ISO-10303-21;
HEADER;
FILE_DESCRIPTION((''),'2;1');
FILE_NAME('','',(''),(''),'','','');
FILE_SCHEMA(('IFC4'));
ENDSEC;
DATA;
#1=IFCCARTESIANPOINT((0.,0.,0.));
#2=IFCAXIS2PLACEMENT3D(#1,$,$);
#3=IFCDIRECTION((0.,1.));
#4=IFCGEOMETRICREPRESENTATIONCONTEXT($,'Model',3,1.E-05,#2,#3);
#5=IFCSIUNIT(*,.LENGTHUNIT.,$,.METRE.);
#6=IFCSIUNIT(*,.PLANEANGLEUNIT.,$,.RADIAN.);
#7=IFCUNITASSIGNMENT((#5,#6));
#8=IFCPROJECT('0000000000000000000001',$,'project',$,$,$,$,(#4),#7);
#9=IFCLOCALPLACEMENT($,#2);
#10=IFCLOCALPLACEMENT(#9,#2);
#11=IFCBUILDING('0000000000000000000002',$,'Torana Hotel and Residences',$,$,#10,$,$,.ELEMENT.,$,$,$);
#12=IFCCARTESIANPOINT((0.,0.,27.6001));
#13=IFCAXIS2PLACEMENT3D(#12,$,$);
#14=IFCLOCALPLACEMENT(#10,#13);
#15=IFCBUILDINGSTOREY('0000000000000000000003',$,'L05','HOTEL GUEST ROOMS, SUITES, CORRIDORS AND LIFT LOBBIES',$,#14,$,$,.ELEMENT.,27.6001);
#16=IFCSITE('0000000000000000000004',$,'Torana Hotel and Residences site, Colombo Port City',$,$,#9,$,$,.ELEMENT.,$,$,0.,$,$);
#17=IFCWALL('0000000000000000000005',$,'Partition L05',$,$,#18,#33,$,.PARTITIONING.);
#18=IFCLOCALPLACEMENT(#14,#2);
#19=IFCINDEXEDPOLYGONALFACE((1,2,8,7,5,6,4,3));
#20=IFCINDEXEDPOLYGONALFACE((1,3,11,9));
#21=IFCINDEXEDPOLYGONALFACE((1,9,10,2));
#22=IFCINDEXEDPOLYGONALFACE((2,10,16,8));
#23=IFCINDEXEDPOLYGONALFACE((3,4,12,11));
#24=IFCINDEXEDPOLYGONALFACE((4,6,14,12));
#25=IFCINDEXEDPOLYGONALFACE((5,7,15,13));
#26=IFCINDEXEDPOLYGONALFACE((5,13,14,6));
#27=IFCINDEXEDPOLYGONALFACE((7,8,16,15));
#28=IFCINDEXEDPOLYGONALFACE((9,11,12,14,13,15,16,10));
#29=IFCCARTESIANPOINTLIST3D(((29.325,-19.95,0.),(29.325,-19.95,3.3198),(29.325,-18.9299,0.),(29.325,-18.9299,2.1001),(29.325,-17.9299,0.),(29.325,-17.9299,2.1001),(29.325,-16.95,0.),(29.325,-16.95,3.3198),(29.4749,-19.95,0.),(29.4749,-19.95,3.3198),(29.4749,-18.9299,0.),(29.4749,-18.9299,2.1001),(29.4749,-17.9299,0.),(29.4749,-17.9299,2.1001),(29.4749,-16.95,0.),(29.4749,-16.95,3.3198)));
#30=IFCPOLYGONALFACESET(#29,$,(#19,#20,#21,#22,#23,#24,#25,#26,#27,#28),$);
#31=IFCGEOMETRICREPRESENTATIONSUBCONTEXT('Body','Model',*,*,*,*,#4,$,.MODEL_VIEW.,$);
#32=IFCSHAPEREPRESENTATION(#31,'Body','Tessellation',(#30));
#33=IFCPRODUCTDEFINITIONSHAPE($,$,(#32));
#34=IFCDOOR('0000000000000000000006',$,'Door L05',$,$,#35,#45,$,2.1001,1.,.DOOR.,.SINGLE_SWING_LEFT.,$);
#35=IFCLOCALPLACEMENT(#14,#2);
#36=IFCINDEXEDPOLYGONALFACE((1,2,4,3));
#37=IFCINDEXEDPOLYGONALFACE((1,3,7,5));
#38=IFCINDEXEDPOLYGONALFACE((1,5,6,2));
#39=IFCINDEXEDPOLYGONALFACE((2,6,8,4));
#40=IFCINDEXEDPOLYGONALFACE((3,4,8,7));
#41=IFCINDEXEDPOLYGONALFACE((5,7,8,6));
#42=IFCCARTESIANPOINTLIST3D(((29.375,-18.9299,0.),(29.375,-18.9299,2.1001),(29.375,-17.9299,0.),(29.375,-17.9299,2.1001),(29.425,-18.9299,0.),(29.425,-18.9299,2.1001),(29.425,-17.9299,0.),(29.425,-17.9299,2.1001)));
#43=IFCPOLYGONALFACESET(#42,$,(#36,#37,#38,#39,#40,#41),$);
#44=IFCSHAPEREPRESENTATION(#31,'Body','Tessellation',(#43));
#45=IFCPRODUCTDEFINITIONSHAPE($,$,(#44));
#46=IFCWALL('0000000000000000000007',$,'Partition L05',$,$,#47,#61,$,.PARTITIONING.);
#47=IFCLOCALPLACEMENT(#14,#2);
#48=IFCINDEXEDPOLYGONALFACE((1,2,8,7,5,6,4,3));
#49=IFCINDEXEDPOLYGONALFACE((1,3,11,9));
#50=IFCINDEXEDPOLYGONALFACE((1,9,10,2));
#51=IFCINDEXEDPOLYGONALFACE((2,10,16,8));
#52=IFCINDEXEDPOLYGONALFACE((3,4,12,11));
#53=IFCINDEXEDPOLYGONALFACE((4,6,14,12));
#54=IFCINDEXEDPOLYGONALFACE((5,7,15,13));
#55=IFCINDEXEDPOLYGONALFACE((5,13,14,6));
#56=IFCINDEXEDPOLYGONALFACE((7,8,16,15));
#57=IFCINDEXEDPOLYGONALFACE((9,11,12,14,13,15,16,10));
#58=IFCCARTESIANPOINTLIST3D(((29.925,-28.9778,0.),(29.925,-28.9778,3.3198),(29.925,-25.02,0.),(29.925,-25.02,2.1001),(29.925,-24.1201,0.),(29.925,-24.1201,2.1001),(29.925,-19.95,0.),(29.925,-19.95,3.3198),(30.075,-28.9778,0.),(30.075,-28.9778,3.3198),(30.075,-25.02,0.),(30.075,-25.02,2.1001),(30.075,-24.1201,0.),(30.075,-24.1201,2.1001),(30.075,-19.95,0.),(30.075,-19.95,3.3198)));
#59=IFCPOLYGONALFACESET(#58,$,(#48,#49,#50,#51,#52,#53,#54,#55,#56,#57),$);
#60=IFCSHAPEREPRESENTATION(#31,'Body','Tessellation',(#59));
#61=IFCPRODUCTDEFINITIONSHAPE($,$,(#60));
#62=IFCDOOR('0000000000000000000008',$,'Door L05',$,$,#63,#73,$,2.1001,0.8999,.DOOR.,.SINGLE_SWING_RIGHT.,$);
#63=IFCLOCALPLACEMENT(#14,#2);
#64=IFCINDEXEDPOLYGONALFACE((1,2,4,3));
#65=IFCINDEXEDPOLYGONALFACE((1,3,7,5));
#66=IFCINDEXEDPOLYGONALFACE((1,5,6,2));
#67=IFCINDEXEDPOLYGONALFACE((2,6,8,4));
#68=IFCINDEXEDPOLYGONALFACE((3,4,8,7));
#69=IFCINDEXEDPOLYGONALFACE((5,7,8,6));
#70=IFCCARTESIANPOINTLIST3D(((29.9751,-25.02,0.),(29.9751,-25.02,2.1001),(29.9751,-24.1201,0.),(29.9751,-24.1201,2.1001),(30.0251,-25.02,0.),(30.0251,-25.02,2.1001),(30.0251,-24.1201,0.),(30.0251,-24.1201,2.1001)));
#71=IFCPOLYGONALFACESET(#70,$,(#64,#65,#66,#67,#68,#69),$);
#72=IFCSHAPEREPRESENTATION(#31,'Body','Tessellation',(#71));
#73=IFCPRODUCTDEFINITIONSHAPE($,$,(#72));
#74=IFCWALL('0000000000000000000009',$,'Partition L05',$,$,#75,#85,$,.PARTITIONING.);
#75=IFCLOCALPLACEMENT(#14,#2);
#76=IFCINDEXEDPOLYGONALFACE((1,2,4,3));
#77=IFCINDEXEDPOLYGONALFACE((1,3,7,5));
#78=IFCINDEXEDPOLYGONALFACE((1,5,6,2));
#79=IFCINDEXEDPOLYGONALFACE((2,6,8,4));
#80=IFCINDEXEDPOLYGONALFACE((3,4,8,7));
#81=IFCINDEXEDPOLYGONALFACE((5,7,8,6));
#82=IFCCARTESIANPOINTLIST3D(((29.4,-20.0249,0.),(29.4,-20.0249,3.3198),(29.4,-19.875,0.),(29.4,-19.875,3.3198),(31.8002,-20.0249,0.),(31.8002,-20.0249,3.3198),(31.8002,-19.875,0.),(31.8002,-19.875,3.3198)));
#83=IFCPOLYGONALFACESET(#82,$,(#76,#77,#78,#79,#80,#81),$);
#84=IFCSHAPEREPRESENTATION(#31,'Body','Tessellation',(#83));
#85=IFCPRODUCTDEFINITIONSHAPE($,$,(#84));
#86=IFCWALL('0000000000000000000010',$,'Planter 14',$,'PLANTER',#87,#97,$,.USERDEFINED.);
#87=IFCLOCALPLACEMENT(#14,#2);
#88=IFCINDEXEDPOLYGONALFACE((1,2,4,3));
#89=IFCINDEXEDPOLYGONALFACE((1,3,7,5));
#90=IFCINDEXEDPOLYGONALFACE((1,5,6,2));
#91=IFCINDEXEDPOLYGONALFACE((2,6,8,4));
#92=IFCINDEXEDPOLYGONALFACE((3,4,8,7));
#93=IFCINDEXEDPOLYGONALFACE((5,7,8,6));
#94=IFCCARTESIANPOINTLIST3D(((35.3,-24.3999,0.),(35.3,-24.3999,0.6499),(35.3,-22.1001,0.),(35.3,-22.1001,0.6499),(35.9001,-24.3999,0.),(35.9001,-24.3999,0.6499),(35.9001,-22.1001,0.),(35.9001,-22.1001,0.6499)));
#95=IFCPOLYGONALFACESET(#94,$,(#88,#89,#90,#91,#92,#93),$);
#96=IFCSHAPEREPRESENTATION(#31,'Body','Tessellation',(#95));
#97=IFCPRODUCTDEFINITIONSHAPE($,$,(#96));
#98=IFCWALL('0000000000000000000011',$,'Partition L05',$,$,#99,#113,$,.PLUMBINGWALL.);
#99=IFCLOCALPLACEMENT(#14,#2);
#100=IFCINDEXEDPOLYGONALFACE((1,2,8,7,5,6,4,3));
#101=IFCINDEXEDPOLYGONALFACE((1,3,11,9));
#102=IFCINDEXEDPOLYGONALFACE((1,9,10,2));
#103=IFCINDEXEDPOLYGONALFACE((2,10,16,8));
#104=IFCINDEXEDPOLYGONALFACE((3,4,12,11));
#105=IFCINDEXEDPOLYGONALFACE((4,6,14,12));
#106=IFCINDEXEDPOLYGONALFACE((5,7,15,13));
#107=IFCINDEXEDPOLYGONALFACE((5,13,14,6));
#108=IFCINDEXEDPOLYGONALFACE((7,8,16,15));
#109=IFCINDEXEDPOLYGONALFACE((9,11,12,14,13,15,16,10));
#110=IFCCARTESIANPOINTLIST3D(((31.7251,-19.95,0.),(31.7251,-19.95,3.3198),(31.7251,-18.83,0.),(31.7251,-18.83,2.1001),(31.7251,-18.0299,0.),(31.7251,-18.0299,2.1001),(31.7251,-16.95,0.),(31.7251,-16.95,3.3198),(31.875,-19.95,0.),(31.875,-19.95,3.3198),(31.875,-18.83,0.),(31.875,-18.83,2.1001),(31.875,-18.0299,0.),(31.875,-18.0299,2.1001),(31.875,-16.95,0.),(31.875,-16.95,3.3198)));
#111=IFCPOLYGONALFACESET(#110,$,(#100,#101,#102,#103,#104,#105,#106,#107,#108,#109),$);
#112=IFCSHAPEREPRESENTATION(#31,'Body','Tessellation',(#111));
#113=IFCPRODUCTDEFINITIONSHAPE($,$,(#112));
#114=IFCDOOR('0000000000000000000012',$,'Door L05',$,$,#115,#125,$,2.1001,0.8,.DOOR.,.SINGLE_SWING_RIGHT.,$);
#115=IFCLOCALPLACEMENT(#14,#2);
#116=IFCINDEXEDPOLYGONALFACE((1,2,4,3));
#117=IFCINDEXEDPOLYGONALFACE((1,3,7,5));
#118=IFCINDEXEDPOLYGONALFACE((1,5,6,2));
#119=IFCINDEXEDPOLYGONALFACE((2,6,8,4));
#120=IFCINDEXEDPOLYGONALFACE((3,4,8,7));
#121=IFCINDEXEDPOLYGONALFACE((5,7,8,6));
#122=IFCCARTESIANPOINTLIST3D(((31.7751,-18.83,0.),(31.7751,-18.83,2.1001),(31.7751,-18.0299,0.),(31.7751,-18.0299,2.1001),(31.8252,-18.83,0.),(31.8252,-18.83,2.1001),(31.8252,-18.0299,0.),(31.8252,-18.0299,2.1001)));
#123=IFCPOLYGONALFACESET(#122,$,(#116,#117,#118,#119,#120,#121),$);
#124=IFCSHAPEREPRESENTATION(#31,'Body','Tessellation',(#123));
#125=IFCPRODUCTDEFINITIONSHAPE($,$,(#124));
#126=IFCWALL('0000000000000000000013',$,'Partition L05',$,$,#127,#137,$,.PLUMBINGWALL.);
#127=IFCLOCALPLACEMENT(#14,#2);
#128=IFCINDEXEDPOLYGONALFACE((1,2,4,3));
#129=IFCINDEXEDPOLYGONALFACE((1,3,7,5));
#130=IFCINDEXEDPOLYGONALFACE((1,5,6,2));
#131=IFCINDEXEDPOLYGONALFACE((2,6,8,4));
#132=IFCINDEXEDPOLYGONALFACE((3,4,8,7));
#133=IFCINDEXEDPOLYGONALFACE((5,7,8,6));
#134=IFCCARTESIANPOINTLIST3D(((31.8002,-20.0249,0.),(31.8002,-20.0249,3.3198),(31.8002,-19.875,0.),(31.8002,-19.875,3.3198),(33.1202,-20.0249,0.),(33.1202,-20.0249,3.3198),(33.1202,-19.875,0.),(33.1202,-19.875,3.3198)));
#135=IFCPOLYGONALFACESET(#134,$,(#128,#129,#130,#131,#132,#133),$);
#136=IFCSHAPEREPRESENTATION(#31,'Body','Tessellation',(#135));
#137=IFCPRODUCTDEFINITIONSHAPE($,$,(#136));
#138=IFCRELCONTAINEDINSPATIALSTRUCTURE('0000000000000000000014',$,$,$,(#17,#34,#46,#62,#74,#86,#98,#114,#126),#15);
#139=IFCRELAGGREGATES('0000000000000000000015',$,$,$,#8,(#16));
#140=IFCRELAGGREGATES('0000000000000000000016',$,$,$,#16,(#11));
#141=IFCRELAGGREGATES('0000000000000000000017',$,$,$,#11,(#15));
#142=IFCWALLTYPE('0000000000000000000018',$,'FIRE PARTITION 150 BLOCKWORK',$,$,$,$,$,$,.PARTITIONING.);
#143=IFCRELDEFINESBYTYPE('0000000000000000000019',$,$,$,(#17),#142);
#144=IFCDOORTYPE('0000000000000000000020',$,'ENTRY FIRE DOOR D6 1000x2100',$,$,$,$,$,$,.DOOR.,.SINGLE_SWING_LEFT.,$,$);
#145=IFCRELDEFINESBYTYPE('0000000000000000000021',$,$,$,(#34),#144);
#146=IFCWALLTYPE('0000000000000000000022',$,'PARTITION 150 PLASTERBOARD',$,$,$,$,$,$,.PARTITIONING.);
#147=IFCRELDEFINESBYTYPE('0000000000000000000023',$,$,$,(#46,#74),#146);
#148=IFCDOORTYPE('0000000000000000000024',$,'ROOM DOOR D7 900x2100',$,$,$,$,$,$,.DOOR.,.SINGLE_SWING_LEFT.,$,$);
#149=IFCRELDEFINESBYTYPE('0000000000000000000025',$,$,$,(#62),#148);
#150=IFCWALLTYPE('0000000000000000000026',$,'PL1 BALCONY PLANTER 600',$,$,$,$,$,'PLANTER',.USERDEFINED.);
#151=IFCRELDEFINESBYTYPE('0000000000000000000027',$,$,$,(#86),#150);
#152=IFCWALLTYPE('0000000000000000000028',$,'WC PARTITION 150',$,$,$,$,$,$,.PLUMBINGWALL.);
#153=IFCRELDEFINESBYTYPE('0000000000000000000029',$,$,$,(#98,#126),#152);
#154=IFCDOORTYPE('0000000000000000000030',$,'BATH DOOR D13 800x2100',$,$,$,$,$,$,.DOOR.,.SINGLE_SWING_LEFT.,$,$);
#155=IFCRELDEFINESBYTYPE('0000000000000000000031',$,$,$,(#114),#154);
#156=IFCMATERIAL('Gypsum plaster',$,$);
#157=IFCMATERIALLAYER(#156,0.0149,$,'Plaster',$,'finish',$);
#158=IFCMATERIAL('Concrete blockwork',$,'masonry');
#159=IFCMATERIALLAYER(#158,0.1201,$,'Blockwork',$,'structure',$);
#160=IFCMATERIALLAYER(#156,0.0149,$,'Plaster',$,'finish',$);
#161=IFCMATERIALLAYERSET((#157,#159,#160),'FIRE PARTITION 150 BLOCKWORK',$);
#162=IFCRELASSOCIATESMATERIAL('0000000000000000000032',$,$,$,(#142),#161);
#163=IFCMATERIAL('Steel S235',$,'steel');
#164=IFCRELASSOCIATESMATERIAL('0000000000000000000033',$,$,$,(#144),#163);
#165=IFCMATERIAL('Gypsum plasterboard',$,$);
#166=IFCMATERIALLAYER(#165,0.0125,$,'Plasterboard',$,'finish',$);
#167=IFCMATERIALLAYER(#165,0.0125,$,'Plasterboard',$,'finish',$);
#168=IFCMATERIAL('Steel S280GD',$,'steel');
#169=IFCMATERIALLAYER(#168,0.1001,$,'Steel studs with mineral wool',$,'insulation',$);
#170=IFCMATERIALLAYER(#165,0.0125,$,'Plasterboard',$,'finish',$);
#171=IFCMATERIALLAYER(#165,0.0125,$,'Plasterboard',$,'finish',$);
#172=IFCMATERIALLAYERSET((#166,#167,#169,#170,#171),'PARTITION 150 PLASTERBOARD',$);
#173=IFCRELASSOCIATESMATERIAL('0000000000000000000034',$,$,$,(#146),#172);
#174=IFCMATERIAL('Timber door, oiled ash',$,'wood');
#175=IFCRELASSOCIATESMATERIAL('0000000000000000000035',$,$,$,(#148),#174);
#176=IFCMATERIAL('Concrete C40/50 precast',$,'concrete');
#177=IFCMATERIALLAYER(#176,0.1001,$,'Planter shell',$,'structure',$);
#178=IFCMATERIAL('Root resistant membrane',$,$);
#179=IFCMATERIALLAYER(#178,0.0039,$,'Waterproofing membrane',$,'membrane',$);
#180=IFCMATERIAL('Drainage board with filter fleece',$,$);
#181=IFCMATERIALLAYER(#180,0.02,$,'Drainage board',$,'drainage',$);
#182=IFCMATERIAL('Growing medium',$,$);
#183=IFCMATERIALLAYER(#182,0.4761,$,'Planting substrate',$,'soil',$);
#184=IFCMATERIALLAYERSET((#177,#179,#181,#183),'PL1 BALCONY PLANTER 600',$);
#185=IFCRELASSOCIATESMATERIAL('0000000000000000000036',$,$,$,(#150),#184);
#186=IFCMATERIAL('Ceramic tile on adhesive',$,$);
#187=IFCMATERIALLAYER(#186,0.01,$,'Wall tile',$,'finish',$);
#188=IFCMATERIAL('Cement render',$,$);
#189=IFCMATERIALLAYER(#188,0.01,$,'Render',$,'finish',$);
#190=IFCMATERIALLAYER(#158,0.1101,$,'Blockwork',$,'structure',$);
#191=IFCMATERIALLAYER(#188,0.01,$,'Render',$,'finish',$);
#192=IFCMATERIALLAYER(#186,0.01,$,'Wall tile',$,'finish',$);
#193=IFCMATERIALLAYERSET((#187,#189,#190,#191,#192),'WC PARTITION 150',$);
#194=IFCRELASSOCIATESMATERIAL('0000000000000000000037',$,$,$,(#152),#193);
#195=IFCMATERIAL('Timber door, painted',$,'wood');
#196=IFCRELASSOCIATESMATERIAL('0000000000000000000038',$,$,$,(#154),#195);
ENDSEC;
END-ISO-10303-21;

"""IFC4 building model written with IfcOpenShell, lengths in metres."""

from ifc_helpers import new_model, si_unit, direction, frame, frame_2d, origin, place, context, subcontext, project, spatial, rectangle, extrude, material, layer, layer_set, type_object, element, fill, save


model = new_model("IFC4")

# Units and contexts
model_context = context("Model", 3, precision=1e-05, world=origin(), true_north=direction((0.0, 1.0)))
body_context = subcontext(model_context, "Body", "Model", "MODEL_VIEW")
ifc_project = project(units=[si_unit("LENGTHUNIT", "METRE"), si_unit("PLANEANGLEUNIT", "RADIAN")], contexts=[model_context])

# Site, building, storey
site_placement = place(None, origin())
site = spatial("IfcSite", under=ifc_project, at=site_placement, Name="Torana Hotel and Residences site, Colombo Port City", CompositionType="ELEMENT", RefElevation=0.0)
building_placement = place(site_placement, origin())
building = spatial("IfcBuilding", under=site, at=building_placement, Name="Torana Hotel and Residences", CompositionType="ELEMENT")
storey_placement = place(building_placement, frame((0.0, 0.0, 27.6001)))
storey = spatial("IfcBuildingStorey", under=building, at=storey_placement, Name="L05", Description="HOTEL GUEST ROOMS, SUITES, CORRIDORS AND LIFT LOBBIES", CompositionType="ELEMENT", Elevation=27.6001)

# Shared definitions
ifc_material_1 = material(Name="Steel S280GD", Category="steel")

# Walls, openings, doors
ifc_material_2 = material(Name="Gypsum plaster")
ifc_layer_1 = layer(ifc_material_2, 0.0149, Name="Plaster", Category="finish")
ifc_material_3 = material(Name="Concrete blockwork", Category="masonry")
ifc_layer_2 = layer(ifc_material_3, 0.1201, Name="Blockwork", Category="structure")
ifc_layer_3 = layer(ifc_material_2, 0.0149, Name="Plaster", Category="finish")
ifc_layer_set_1 = layer_set([ifc_layer_1, ifc_layer_2, ifc_layer_3], Name="FIRE PARTITION 150 BLOCKWORK")
wall_type_1 = type_object("IfcWallType", Name="FIRE PARTITION 150 BLOCKWORK", PredefinedType="PARTITIONING", material=ifc_layer_set_1)
wall_1_placement = place(storey_placement, frame((29.3999, -19.95, 0.0), z_axis=(0.0, 0.0, 1.0), x_axis=(0.0, 1.0, 0.0)))
wall_1 = element("IfcWall", 1, at=wall_1_placement, inside=storey, type_object=wall_type_1, Name="Partition L05", PredefinedType="PARTITIONING", context=body_context, shape_type="SweptSolid", body=[
    extrude(rectangle(XDim=3.0, YDim=0.1499, at=frame_2d((1.5, 0.0))), origin(), (0.0, 0.0, 1.0), 3.3198),
])
opening_1_placement = place(wall_1_placement, frame((1.02, 0.0, 0.0)))
opening_1 = element("IfcOpeningElement", 2, at=opening_1_placement, cuts=wall_1, PredefinedType="OPENING", context=body_context, shape_type="SweptSolid", body=[
    extrude(rectangle(XDim=1.0, YDim=2.1001, at=frame_2d((0.5, 1.05))), frame((0.0, 0.085, 0.0), z_axis=(0.0, -1.0, 0.0), x_axis=(1.0, 0.0, 0.0)), (0.0, 0.0, 1.0), 0.1699),
])
ifc_material_4 = material(Name="Steel S235", Category="steel")
door_type_1 = type_object("IfcDoorType", Name="ENTRY FIRE DOOR D6 1000x2100", OperationType="SINGLE_SWING_LEFT", PredefinedType="DOOR", material=ifc_material_4)
door_1_placement = place(opening_1_placement, frame((0.5, 0.0, 0.0), z_axis=(0.0, 0.0, 1.0), x_axis=(-1.0, 0.0, 0.0)))
door_1 = element("IfcDoor", 3, at=door_1_placement, inside=storey, type_object=door_type_1, Name="Door L05", OperationType="SINGLE_SWING_LEFT", OverallHeight=2.1001, OverallWidth=1.0, PredefinedType="DOOR", context=body_context, shape_type="SweptSolid", body=[
    extrude(rectangle(XDim=1.0, YDim=2.1001, at=frame_2d((0.0, 1.05))), frame((0.0, -0.0249, 0.0), z_axis=(0.0, 1.0, 0.0), x_axis=(-1.0, 0.0, 0.0)), (0.0, 0.0, 1.0), 0.05),
])
fill(opening_1, door_1)
ifc_material_5 = material(Name="Gypsum plasterboard")
ifc_layer_4 = layer(ifc_material_5, 0.0125, Name="Plasterboard", Category="finish")
ifc_layer_5 = layer(ifc_material_5, 0.0125, Name="Plasterboard", Category="finish")
ifc_layer_6 = layer(ifc_material_1, 0.1001, Name="Steel studs with mineral wool", Category="insulation")
ifc_layer_7 = layer(ifc_material_5, 0.0125, Name="Plasterboard", Category="finish")
ifc_layer_8 = layer(ifc_material_5, 0.0125, Name="Plasterboard", Category="finish")
ifc_layer_set_2 = layer_set([ifc_layer_4, ifc_layer_5, ifc_layer_6, ifc_layer_7, ifc_layer_8], Name="PARTITION 150 PLASTERBOARD")
wall_type_2 = type_object("IfcWallType", Name="PARTITION 150 PLASTERBOARD", PredefinedType="PARTITIONING", material=ifc_layer_set_2)
wall_2_placement = place(storey_placement, frame((30.0, -28.9778, 0.0), z_axis=(0.0, 0.0, 1.0), x_axis=(0.0, 1.0, 0.0)))
wall_2 = element("IfcWall", 4, at=wall_2_placement, inside=storey, type_object=wall_type_2, Name="Partition L05", PredefinedType="PARTITIONING", context=body_context, shape_type="SweptSolid", body=[
    extrude(rectangle(XDim=9.0278, YDim=0.1499, at=frame_2d((4.5139, 0.0))), origin(), (0.0, 0.0, 1.0), 3.3198),
])
opening_2_placement = place(wall_2_placement, frame((3.9578, 0.0, 0.0)))
opening_2 = element("IfcOpeningElement", 5, at=opening_2_placement, cuts=wall_2, PredefinedType="OPENING", context=body_context, shape_type="SweptSolid", body=[
    extrude(rectangle(XDim=0.8999, YDim=2.1001, at=frame_2d((0.45, 1.05))), frame((0.0, 0.085, 0.0), z_axis=(0.0, -1.0, 0.0), x_axis=(1.0, 0.0, 0.0)), (0.0, 0.0, 1.0), 0.1699),
])
ifc_material_6 = material(Name="Timber door, oiled ash", Category="wood")
door_type_2 = type_object("IfcDoorType", Name="ROOM DOOR D7 900x2100", OperationType="SINGLE_SWING_LEFT", PredefinedType="DOOR", material=ifc_material_6)
door_2_placement = place(opening_2_placement, origin())
door_2 = element("IfcDoor", 6, at=door_2_placement, inside=storey, type_object=door_type_2, Name="Door L05", OperationType="SINGLE_SWING_RIGHT", OverallHeight=2.1001, OverallWidth=0.8999, PredefinedType="DOOR", context=body_context, shape_type="SweptSolid", body=[
    extrude(rectangle(XDim=0.8999, YDim=2.1001, at=frame_2d((0.45, 1.05))), frame((0.0, 0.0249, 0.0), z_axis=(0.0, -1.0, 0.0), x_axis=(1.0, 0.0, 0.0)), (0.0, 0.0, 1.0), 0.05),
])
fill(opening_2, door_2)

# Walls
wall_3_placement = place(storey_placement, frame((29.3999, -19.95, 0.0), z_axis=(0.0, 0.0, 1.0), x_axis=(1.0, 0.0, 0.0)))
element("IfcWall", 7, at=wall_3_placement, inside=storey, type_object=wall_type_2, Name="Partition L05", PredefinedType="PARTITIONING", context=body_context, shape_type="SweptSolid", body=[
    extrude(rectangle(XDim=2.4001, YDim=0.1499, at=frame_2d((1.2002, 0.0))), origin(), (0.0, 0.0, 1.0), 3.3198),
])
ifc_material_7 = material(Name="Concrete C40/50 precast", Category="concrete")
ifc_layer_9 = layer(ifc_material_7, 0.1001, Name="Planter shell", Category="structure")
ifc_material_8 = material(Name="Root resistant membrane")
ifc_layer_10 = layer(ifc_material_8, 0.0039, Name="Waterproofing membrane", Category="membrane")
ifc_material_9 = material(Name="Drainage board with filter fleece")
ifc_layer_11 = layer(ifc_material_9, 0.02, Name="Drainage board", Category="drainage")
ifc_material_10 = material(Name="Growing medium")
ifc_layer_12 = layer(ifc_material_10, 0.4761, Name="Planting substrate", Category="soil")
ifc_layer_set_3 = layer_set([ifc_layer_9, ifc_layer_10, ifc_layer_11, ifc_layer_12], Name="PL1 BALCONY PLANTER 600")
wall_type_3 = type_object("IfcWallType", Name="PL1 BALCONY PLANTER 600", ElementType="PLANTER", PredefinedType="USERDEFINED", material=ifc_layer_set_3)
wall_4_placement = place(storey_placement, frame((35.6001, -22.1001, 0.0), z_axis=(0.0, 0.0, 1.0), x_axis=(0.0, -1.0, 0.0)))
element("IfcWall", 8, at=wall_4_placement, inside=storey, type_object=wall_type_3, Name="Planter 14", ObjectType="PLANTER", PredefinedType="USERDEFINED", context=body_context, shape_type="SweptSolid", body=[
    extrude(rectangle(XDim=2.2998, YDim=0.6001, at=frame_2d((1.1499, 0.0))), origin(), (0.0, 0.0, 1.0), 0.6499),
])

# Wall, opening, door
ifc_material_11 = material(Name="Ceramic tile on adhesive")
ifc_layer_13 = layer(ifc_material_11, 0.01, Name="Wall tile", Category="finish")
ifc_material_12 = material(Name="Cement render")
ifc_layer_14 = layer(ifc_material_12, 0.01, Name="Render", Category="finish")
ifc_layer_15 = layer(ifc_material_3, 0.1101, Name="Blockwork", Category="structure")
ifc_layer_16 = layer(ifc_material_12, 0.01, Name="Render", Category="finish")
ifc_layer_17 = layer(ifc_material_11, 0.01, Name="Wall tile", Category="finish")
ifc_layer_set_4 = layer_set([ifc_layer_13, ifc_layer_14, ifc_layer_15, ifc_layer_16, ifc_layer_17], Name="WC PARTITION 150")
wall_type_4 = type_object("IfcWallType", Name="WC PARTITION 150", PredefinedType="PLUMBINGWALL", material=ifc_layer_set_4)
wall_5_placement = place(storey_placement, frame((31.8, -19.95, 0.0), z_axis=(0.0, 0.0, 1.0), x_axis=(0.0, 1.0, 0.0)))
wall_5 = element("IfcWall", 9, at=wall_5_placement, inside=storey, type_object=wall_type_4, Name="Partition L05", PredefinedType="PLUMBINGWALL", context=body_context, shape_type="SweptSolid", body=[
    extrude(rectangle(XDim=3.0, YDim=0.1499, at=frame_2d((1.5, 0.0))), origin(), (0.0, 0.0, 1.0), 3.3198),
])
opening_3_placement = place(wall_5_placement, frame((1.1201, 0.0, 0.0)))
opening_3 = element("IfcOpeningElement", 10, at=opening_3_placement, cuts=wall_5, PredefinedType="OPENING", context=body_context, shape_type="SweptSolid", body=[
    extrude(rectangle(XDim=0.8, YDim=2.1001, at=frame_2d((0.3999, 1.05))), frame((0.0, 0.085, 0.0), z_axis=(0.0, -1.0, 0.0), x_axis=(1.0, 0.0, 0.0)), (0.0, 0.0, 1.0), 0.1699),
])
ifc_material_13 = material(Name="Timber door, painted", Category="wood")
door_type_3 = type_object("IfcDoorType", Name="BATH DOOR D13 800x2100", OperationType="SINGLE_SWING_LEFT", PredefinedType="DOOR", material=ifc_material_13)
door_3_placement = place(opening_3_placement, origin())
door_3 = element("IfcDoor", 11, at=door_3_placement, inside=storey, type_object=door_type_3, Name="Door L05", OperationType="SINGLE_SWING_RIGHT", OverallHeight=2.1001, OverallWidth=0.8, PredefinedType="DOOR", context=body_context, shape_type="SweptSolid", body=[
    extrude(rectangle(XDim=0.8, YDim=2.1001, at=frame_2d((0.3999, 1.05))), frame((0.0, 0.0249, 0.0), z_axis=(0.0, -1.0, 0.0), x_axis=(1.0, 0.0, 0.0)), (0.0, 0.0, 1.0), 0.05),
])
fill(opening_3, door_3)

# Wall
wall_6_placement = place(storey_placement, frame((31.8, -19.95, 0.0), z_axis=(0.0, 0.0, 1.0), x_axis=(1.0, 0.0, 0.0)))
element("IfcWall", 12, at=wall_6_placement, inside=storey, type_object=wall_type_4, Name="Partition L05", PredefinedType="PLUMBINGWALL", context=body_context, shape_type="SweptSolid", body=[
    extrude(rectangle(XDim=1.3201, YDim=0.1499, at=frame_2d((0.6602, 0.0))), origin(), (0.0, 0.0, 1.0), 3.3198),
])

save(model, "model.ifc")
